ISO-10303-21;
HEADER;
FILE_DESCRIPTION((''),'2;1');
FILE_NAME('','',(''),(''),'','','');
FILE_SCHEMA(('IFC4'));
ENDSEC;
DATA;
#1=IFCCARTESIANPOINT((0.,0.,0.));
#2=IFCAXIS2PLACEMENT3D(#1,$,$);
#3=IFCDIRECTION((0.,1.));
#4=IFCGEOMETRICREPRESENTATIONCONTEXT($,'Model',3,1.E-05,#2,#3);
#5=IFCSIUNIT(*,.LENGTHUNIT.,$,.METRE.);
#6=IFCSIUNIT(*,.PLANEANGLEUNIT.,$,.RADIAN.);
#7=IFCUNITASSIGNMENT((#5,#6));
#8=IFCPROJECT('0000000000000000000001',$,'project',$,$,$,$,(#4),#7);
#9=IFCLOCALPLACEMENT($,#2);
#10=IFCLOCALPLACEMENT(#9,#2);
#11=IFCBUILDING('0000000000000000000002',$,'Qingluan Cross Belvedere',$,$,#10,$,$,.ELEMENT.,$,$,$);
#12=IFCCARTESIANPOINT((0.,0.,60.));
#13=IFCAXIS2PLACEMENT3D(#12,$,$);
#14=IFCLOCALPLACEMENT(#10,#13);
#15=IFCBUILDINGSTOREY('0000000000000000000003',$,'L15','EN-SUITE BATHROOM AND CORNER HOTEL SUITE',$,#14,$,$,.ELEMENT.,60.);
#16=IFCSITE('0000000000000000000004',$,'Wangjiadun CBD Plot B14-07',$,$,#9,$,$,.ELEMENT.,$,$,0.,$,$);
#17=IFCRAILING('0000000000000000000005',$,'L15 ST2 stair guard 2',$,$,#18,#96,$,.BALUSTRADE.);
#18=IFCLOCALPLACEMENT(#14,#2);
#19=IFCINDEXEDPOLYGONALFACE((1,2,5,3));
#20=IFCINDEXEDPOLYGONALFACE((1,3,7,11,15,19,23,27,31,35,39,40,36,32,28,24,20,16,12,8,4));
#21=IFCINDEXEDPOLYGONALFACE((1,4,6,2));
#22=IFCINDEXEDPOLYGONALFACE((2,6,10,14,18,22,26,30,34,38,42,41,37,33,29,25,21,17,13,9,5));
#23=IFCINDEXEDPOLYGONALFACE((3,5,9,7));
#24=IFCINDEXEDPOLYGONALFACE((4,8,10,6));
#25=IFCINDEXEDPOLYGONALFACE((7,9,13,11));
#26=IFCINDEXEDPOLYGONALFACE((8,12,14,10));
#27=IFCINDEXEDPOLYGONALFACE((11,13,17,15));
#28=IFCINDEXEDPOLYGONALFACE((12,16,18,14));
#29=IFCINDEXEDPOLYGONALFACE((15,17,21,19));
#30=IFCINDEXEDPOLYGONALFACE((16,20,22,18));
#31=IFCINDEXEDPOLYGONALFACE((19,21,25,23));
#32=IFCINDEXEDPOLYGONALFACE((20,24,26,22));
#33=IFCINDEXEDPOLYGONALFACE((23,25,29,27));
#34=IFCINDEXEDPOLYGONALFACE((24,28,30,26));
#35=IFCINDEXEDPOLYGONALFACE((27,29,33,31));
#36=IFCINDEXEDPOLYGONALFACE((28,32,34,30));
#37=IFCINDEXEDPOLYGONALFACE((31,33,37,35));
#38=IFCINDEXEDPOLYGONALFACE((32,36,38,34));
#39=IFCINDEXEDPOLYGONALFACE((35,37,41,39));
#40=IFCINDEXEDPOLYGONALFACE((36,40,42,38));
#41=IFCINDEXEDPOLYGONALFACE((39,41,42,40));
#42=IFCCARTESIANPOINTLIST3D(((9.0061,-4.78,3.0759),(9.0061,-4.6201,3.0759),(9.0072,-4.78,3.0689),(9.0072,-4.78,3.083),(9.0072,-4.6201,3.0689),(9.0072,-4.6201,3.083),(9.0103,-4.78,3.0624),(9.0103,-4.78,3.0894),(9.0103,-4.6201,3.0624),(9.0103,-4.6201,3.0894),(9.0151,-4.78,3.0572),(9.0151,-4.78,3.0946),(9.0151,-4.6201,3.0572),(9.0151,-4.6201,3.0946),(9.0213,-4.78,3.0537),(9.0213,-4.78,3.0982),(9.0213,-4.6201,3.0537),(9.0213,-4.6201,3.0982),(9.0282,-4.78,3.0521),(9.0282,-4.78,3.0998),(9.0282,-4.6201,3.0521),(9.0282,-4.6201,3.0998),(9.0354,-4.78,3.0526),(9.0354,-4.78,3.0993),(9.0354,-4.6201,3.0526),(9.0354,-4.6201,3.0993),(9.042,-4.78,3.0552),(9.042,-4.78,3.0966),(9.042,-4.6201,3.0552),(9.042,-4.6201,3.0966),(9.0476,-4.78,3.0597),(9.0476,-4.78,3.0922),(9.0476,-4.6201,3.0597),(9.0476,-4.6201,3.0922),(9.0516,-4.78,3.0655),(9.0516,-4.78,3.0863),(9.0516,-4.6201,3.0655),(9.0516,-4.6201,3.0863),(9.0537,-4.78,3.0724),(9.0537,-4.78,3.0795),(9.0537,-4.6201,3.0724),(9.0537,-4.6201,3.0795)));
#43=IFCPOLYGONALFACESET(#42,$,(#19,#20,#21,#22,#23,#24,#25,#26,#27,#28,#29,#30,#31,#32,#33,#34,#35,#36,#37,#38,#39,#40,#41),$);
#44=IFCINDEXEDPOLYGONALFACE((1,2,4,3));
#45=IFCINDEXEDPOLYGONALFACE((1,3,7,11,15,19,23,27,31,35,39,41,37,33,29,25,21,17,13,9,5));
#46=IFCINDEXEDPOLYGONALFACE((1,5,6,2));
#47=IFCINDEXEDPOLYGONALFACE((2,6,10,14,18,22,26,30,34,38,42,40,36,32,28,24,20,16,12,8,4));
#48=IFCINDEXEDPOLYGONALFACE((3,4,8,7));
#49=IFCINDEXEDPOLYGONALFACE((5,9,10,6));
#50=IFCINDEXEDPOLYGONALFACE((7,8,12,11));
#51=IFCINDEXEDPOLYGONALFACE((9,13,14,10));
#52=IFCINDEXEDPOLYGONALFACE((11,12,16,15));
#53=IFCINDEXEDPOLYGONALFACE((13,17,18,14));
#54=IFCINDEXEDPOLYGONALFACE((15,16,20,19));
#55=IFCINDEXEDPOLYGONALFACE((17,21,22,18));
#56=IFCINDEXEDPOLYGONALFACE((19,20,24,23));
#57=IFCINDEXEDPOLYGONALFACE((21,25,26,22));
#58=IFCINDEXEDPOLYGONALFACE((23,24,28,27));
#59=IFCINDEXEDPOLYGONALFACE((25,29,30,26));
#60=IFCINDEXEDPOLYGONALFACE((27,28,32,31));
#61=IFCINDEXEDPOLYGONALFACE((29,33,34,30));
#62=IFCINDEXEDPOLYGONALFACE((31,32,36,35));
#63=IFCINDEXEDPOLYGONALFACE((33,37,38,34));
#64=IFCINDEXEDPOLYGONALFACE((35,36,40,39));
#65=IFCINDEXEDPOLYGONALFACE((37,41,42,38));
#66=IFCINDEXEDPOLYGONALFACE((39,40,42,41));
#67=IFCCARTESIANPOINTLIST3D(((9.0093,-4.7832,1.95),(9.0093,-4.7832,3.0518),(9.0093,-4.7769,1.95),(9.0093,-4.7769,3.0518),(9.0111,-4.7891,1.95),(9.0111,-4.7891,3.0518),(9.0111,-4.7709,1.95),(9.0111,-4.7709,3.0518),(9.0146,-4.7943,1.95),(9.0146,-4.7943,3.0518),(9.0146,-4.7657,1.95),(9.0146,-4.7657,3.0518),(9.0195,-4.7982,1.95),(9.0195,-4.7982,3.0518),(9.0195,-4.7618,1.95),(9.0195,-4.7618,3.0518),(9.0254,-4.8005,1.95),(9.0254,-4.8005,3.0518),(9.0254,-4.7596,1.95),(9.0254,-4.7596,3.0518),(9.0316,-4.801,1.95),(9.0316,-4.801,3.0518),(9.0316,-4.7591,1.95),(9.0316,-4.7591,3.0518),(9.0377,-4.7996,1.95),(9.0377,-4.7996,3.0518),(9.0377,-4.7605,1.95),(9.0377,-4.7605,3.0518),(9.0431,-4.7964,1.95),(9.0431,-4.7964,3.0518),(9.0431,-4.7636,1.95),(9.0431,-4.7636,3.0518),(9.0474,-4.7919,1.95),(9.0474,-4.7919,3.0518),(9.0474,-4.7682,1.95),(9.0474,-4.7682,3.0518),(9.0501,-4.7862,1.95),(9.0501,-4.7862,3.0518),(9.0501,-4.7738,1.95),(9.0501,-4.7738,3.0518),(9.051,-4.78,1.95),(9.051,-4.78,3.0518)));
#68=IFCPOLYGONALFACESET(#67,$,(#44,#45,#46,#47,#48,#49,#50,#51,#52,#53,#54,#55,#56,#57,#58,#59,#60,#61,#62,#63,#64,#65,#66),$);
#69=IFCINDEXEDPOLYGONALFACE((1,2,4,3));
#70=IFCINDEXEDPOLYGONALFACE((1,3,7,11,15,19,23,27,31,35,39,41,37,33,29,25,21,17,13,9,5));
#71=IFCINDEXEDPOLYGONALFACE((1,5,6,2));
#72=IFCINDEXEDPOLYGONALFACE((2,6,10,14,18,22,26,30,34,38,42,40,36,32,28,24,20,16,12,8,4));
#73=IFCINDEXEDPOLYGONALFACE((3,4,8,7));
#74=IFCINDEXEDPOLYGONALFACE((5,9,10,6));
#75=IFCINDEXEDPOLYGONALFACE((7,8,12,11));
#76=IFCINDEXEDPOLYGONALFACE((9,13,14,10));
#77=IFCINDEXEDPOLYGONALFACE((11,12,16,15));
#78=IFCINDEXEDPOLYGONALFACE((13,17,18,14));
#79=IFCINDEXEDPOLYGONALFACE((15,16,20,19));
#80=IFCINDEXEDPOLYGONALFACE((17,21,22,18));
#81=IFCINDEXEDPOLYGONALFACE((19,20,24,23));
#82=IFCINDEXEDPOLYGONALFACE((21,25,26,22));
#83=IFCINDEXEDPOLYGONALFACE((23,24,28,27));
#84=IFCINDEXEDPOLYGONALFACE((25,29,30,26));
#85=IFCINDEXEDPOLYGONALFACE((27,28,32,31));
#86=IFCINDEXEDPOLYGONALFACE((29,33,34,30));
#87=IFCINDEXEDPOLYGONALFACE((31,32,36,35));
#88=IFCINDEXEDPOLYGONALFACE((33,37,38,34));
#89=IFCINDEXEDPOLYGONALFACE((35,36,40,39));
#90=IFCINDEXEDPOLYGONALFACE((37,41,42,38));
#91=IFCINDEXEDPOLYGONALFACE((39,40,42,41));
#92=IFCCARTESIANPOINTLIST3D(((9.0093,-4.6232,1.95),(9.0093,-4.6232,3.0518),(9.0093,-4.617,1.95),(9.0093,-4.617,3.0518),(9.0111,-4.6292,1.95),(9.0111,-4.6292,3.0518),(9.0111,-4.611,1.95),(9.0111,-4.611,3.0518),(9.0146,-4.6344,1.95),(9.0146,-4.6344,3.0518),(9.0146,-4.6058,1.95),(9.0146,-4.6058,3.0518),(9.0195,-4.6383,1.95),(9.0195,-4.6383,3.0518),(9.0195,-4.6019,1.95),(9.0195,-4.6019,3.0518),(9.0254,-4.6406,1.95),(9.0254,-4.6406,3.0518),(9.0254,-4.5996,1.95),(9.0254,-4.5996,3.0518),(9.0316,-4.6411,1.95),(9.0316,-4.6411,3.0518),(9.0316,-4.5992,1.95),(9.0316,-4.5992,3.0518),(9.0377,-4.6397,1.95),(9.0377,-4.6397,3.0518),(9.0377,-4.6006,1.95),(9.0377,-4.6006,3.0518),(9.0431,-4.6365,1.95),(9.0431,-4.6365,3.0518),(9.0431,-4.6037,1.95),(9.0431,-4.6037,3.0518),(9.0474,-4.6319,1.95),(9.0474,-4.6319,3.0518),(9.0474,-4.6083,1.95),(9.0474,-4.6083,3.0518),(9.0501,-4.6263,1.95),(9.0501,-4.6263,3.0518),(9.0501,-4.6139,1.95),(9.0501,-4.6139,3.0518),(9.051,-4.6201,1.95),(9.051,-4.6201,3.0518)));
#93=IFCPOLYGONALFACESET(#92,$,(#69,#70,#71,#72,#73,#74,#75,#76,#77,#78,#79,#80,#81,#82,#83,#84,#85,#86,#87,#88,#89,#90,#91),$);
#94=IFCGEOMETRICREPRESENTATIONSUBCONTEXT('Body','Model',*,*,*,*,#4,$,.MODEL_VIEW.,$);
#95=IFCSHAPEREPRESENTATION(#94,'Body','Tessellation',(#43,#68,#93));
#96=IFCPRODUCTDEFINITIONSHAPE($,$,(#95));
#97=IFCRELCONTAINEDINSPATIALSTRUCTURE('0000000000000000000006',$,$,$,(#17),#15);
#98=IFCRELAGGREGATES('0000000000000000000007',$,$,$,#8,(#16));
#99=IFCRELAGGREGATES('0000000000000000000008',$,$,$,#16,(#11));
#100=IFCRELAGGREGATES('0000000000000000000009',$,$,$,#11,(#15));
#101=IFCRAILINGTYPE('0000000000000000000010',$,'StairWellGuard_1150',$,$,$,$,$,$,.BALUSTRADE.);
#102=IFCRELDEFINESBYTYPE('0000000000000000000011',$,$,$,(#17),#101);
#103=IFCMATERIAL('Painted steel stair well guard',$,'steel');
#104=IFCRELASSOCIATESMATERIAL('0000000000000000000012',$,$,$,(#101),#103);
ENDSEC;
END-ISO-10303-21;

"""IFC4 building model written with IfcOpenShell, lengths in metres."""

from ifc_helpers import new_model, si_unit, direction, frame, origin, origin_2d, place, context, subcontext, project, spatial, circle, extrude, material, type_object, element, save


model = new_model("IFC4")

# Units and contexts
model_context = context("Model", 3, precision=1e-05, world=origin(), true_north=direction((0.0, 1.0)))
body_context = subcontext(model_context, "Body", "Model", "MODEL_VIEW")
ifc_project = project(units=[si_unit("LENGTHUNIT", "METRE"), si_unit("PLANEANGLEUNIT", "RADIAN")], contexts=[model_context])

# Site, building, storey
site_placement = place(None, origin())
site = spatial("IfcSite", under=ifc_project, at=site_placement, Name="Wangjiadun CBD Plot B14-07", CompositionType="ELEMENT", RefElevation=0.0)
building_placement = place(site_placement, origin())
building = spatial("IfcBuilding", under=site, at=building_placement, Name="Qingluan Cross Belvedere", CompositionType="ELEMENT")
storey_placement = place(building_placement, frame((0.0, 0.0, 60.0)))
storey = spatial("IfcBuildingStorey", under=building, at=storey_placement, Name="L15", Description="EN-SUITE BATHROOM AND CORNER HOTEL SUITE", CompositionType="ELEMENT", Elevation=60.0)

# Railing
ifc_material_1 = material(Name="Painted steel stair well guard", Category="steel")
railing_type_1 = type_object("IfcRailingType", Name="StairWellGuard_1150", PredefinedType="BALUSTRADE", material=ifc_material_1)
railing_1_placement = place(storey_placement, frame((9.03, -4.78, 1.95)))
element("IfcRailing", 1, at=railing_1_placement, inside=storey, type_object=railing_type_1, Name="L15 ST2 stair guard 2", PredefinedType="BALUSTRADE", context=body_context, shape_type="SweptSolid", body=[
    extrude(circle(Radius=0.0239, at=origin_2d()), frame((0.0, 0.0, 1.126), z_axis=(0.0, 1.0, 0.0), x_axis=(-1.0, 0.0, 0.0)), (0.0, 0.0, 1.0), 0.1599),
    extrude(circle(Radius=0.021, at=origin_2d()), origin(), (0.0, 0.0, 1.0), 1.1018),
    extrude(circle(Radius=0.021, at=origin_2d()), frame((0.0, 0.1599, 0.0)), (0.0, 0.0, 1.0), 1.1018),
])

save(model, "model.ifc")
